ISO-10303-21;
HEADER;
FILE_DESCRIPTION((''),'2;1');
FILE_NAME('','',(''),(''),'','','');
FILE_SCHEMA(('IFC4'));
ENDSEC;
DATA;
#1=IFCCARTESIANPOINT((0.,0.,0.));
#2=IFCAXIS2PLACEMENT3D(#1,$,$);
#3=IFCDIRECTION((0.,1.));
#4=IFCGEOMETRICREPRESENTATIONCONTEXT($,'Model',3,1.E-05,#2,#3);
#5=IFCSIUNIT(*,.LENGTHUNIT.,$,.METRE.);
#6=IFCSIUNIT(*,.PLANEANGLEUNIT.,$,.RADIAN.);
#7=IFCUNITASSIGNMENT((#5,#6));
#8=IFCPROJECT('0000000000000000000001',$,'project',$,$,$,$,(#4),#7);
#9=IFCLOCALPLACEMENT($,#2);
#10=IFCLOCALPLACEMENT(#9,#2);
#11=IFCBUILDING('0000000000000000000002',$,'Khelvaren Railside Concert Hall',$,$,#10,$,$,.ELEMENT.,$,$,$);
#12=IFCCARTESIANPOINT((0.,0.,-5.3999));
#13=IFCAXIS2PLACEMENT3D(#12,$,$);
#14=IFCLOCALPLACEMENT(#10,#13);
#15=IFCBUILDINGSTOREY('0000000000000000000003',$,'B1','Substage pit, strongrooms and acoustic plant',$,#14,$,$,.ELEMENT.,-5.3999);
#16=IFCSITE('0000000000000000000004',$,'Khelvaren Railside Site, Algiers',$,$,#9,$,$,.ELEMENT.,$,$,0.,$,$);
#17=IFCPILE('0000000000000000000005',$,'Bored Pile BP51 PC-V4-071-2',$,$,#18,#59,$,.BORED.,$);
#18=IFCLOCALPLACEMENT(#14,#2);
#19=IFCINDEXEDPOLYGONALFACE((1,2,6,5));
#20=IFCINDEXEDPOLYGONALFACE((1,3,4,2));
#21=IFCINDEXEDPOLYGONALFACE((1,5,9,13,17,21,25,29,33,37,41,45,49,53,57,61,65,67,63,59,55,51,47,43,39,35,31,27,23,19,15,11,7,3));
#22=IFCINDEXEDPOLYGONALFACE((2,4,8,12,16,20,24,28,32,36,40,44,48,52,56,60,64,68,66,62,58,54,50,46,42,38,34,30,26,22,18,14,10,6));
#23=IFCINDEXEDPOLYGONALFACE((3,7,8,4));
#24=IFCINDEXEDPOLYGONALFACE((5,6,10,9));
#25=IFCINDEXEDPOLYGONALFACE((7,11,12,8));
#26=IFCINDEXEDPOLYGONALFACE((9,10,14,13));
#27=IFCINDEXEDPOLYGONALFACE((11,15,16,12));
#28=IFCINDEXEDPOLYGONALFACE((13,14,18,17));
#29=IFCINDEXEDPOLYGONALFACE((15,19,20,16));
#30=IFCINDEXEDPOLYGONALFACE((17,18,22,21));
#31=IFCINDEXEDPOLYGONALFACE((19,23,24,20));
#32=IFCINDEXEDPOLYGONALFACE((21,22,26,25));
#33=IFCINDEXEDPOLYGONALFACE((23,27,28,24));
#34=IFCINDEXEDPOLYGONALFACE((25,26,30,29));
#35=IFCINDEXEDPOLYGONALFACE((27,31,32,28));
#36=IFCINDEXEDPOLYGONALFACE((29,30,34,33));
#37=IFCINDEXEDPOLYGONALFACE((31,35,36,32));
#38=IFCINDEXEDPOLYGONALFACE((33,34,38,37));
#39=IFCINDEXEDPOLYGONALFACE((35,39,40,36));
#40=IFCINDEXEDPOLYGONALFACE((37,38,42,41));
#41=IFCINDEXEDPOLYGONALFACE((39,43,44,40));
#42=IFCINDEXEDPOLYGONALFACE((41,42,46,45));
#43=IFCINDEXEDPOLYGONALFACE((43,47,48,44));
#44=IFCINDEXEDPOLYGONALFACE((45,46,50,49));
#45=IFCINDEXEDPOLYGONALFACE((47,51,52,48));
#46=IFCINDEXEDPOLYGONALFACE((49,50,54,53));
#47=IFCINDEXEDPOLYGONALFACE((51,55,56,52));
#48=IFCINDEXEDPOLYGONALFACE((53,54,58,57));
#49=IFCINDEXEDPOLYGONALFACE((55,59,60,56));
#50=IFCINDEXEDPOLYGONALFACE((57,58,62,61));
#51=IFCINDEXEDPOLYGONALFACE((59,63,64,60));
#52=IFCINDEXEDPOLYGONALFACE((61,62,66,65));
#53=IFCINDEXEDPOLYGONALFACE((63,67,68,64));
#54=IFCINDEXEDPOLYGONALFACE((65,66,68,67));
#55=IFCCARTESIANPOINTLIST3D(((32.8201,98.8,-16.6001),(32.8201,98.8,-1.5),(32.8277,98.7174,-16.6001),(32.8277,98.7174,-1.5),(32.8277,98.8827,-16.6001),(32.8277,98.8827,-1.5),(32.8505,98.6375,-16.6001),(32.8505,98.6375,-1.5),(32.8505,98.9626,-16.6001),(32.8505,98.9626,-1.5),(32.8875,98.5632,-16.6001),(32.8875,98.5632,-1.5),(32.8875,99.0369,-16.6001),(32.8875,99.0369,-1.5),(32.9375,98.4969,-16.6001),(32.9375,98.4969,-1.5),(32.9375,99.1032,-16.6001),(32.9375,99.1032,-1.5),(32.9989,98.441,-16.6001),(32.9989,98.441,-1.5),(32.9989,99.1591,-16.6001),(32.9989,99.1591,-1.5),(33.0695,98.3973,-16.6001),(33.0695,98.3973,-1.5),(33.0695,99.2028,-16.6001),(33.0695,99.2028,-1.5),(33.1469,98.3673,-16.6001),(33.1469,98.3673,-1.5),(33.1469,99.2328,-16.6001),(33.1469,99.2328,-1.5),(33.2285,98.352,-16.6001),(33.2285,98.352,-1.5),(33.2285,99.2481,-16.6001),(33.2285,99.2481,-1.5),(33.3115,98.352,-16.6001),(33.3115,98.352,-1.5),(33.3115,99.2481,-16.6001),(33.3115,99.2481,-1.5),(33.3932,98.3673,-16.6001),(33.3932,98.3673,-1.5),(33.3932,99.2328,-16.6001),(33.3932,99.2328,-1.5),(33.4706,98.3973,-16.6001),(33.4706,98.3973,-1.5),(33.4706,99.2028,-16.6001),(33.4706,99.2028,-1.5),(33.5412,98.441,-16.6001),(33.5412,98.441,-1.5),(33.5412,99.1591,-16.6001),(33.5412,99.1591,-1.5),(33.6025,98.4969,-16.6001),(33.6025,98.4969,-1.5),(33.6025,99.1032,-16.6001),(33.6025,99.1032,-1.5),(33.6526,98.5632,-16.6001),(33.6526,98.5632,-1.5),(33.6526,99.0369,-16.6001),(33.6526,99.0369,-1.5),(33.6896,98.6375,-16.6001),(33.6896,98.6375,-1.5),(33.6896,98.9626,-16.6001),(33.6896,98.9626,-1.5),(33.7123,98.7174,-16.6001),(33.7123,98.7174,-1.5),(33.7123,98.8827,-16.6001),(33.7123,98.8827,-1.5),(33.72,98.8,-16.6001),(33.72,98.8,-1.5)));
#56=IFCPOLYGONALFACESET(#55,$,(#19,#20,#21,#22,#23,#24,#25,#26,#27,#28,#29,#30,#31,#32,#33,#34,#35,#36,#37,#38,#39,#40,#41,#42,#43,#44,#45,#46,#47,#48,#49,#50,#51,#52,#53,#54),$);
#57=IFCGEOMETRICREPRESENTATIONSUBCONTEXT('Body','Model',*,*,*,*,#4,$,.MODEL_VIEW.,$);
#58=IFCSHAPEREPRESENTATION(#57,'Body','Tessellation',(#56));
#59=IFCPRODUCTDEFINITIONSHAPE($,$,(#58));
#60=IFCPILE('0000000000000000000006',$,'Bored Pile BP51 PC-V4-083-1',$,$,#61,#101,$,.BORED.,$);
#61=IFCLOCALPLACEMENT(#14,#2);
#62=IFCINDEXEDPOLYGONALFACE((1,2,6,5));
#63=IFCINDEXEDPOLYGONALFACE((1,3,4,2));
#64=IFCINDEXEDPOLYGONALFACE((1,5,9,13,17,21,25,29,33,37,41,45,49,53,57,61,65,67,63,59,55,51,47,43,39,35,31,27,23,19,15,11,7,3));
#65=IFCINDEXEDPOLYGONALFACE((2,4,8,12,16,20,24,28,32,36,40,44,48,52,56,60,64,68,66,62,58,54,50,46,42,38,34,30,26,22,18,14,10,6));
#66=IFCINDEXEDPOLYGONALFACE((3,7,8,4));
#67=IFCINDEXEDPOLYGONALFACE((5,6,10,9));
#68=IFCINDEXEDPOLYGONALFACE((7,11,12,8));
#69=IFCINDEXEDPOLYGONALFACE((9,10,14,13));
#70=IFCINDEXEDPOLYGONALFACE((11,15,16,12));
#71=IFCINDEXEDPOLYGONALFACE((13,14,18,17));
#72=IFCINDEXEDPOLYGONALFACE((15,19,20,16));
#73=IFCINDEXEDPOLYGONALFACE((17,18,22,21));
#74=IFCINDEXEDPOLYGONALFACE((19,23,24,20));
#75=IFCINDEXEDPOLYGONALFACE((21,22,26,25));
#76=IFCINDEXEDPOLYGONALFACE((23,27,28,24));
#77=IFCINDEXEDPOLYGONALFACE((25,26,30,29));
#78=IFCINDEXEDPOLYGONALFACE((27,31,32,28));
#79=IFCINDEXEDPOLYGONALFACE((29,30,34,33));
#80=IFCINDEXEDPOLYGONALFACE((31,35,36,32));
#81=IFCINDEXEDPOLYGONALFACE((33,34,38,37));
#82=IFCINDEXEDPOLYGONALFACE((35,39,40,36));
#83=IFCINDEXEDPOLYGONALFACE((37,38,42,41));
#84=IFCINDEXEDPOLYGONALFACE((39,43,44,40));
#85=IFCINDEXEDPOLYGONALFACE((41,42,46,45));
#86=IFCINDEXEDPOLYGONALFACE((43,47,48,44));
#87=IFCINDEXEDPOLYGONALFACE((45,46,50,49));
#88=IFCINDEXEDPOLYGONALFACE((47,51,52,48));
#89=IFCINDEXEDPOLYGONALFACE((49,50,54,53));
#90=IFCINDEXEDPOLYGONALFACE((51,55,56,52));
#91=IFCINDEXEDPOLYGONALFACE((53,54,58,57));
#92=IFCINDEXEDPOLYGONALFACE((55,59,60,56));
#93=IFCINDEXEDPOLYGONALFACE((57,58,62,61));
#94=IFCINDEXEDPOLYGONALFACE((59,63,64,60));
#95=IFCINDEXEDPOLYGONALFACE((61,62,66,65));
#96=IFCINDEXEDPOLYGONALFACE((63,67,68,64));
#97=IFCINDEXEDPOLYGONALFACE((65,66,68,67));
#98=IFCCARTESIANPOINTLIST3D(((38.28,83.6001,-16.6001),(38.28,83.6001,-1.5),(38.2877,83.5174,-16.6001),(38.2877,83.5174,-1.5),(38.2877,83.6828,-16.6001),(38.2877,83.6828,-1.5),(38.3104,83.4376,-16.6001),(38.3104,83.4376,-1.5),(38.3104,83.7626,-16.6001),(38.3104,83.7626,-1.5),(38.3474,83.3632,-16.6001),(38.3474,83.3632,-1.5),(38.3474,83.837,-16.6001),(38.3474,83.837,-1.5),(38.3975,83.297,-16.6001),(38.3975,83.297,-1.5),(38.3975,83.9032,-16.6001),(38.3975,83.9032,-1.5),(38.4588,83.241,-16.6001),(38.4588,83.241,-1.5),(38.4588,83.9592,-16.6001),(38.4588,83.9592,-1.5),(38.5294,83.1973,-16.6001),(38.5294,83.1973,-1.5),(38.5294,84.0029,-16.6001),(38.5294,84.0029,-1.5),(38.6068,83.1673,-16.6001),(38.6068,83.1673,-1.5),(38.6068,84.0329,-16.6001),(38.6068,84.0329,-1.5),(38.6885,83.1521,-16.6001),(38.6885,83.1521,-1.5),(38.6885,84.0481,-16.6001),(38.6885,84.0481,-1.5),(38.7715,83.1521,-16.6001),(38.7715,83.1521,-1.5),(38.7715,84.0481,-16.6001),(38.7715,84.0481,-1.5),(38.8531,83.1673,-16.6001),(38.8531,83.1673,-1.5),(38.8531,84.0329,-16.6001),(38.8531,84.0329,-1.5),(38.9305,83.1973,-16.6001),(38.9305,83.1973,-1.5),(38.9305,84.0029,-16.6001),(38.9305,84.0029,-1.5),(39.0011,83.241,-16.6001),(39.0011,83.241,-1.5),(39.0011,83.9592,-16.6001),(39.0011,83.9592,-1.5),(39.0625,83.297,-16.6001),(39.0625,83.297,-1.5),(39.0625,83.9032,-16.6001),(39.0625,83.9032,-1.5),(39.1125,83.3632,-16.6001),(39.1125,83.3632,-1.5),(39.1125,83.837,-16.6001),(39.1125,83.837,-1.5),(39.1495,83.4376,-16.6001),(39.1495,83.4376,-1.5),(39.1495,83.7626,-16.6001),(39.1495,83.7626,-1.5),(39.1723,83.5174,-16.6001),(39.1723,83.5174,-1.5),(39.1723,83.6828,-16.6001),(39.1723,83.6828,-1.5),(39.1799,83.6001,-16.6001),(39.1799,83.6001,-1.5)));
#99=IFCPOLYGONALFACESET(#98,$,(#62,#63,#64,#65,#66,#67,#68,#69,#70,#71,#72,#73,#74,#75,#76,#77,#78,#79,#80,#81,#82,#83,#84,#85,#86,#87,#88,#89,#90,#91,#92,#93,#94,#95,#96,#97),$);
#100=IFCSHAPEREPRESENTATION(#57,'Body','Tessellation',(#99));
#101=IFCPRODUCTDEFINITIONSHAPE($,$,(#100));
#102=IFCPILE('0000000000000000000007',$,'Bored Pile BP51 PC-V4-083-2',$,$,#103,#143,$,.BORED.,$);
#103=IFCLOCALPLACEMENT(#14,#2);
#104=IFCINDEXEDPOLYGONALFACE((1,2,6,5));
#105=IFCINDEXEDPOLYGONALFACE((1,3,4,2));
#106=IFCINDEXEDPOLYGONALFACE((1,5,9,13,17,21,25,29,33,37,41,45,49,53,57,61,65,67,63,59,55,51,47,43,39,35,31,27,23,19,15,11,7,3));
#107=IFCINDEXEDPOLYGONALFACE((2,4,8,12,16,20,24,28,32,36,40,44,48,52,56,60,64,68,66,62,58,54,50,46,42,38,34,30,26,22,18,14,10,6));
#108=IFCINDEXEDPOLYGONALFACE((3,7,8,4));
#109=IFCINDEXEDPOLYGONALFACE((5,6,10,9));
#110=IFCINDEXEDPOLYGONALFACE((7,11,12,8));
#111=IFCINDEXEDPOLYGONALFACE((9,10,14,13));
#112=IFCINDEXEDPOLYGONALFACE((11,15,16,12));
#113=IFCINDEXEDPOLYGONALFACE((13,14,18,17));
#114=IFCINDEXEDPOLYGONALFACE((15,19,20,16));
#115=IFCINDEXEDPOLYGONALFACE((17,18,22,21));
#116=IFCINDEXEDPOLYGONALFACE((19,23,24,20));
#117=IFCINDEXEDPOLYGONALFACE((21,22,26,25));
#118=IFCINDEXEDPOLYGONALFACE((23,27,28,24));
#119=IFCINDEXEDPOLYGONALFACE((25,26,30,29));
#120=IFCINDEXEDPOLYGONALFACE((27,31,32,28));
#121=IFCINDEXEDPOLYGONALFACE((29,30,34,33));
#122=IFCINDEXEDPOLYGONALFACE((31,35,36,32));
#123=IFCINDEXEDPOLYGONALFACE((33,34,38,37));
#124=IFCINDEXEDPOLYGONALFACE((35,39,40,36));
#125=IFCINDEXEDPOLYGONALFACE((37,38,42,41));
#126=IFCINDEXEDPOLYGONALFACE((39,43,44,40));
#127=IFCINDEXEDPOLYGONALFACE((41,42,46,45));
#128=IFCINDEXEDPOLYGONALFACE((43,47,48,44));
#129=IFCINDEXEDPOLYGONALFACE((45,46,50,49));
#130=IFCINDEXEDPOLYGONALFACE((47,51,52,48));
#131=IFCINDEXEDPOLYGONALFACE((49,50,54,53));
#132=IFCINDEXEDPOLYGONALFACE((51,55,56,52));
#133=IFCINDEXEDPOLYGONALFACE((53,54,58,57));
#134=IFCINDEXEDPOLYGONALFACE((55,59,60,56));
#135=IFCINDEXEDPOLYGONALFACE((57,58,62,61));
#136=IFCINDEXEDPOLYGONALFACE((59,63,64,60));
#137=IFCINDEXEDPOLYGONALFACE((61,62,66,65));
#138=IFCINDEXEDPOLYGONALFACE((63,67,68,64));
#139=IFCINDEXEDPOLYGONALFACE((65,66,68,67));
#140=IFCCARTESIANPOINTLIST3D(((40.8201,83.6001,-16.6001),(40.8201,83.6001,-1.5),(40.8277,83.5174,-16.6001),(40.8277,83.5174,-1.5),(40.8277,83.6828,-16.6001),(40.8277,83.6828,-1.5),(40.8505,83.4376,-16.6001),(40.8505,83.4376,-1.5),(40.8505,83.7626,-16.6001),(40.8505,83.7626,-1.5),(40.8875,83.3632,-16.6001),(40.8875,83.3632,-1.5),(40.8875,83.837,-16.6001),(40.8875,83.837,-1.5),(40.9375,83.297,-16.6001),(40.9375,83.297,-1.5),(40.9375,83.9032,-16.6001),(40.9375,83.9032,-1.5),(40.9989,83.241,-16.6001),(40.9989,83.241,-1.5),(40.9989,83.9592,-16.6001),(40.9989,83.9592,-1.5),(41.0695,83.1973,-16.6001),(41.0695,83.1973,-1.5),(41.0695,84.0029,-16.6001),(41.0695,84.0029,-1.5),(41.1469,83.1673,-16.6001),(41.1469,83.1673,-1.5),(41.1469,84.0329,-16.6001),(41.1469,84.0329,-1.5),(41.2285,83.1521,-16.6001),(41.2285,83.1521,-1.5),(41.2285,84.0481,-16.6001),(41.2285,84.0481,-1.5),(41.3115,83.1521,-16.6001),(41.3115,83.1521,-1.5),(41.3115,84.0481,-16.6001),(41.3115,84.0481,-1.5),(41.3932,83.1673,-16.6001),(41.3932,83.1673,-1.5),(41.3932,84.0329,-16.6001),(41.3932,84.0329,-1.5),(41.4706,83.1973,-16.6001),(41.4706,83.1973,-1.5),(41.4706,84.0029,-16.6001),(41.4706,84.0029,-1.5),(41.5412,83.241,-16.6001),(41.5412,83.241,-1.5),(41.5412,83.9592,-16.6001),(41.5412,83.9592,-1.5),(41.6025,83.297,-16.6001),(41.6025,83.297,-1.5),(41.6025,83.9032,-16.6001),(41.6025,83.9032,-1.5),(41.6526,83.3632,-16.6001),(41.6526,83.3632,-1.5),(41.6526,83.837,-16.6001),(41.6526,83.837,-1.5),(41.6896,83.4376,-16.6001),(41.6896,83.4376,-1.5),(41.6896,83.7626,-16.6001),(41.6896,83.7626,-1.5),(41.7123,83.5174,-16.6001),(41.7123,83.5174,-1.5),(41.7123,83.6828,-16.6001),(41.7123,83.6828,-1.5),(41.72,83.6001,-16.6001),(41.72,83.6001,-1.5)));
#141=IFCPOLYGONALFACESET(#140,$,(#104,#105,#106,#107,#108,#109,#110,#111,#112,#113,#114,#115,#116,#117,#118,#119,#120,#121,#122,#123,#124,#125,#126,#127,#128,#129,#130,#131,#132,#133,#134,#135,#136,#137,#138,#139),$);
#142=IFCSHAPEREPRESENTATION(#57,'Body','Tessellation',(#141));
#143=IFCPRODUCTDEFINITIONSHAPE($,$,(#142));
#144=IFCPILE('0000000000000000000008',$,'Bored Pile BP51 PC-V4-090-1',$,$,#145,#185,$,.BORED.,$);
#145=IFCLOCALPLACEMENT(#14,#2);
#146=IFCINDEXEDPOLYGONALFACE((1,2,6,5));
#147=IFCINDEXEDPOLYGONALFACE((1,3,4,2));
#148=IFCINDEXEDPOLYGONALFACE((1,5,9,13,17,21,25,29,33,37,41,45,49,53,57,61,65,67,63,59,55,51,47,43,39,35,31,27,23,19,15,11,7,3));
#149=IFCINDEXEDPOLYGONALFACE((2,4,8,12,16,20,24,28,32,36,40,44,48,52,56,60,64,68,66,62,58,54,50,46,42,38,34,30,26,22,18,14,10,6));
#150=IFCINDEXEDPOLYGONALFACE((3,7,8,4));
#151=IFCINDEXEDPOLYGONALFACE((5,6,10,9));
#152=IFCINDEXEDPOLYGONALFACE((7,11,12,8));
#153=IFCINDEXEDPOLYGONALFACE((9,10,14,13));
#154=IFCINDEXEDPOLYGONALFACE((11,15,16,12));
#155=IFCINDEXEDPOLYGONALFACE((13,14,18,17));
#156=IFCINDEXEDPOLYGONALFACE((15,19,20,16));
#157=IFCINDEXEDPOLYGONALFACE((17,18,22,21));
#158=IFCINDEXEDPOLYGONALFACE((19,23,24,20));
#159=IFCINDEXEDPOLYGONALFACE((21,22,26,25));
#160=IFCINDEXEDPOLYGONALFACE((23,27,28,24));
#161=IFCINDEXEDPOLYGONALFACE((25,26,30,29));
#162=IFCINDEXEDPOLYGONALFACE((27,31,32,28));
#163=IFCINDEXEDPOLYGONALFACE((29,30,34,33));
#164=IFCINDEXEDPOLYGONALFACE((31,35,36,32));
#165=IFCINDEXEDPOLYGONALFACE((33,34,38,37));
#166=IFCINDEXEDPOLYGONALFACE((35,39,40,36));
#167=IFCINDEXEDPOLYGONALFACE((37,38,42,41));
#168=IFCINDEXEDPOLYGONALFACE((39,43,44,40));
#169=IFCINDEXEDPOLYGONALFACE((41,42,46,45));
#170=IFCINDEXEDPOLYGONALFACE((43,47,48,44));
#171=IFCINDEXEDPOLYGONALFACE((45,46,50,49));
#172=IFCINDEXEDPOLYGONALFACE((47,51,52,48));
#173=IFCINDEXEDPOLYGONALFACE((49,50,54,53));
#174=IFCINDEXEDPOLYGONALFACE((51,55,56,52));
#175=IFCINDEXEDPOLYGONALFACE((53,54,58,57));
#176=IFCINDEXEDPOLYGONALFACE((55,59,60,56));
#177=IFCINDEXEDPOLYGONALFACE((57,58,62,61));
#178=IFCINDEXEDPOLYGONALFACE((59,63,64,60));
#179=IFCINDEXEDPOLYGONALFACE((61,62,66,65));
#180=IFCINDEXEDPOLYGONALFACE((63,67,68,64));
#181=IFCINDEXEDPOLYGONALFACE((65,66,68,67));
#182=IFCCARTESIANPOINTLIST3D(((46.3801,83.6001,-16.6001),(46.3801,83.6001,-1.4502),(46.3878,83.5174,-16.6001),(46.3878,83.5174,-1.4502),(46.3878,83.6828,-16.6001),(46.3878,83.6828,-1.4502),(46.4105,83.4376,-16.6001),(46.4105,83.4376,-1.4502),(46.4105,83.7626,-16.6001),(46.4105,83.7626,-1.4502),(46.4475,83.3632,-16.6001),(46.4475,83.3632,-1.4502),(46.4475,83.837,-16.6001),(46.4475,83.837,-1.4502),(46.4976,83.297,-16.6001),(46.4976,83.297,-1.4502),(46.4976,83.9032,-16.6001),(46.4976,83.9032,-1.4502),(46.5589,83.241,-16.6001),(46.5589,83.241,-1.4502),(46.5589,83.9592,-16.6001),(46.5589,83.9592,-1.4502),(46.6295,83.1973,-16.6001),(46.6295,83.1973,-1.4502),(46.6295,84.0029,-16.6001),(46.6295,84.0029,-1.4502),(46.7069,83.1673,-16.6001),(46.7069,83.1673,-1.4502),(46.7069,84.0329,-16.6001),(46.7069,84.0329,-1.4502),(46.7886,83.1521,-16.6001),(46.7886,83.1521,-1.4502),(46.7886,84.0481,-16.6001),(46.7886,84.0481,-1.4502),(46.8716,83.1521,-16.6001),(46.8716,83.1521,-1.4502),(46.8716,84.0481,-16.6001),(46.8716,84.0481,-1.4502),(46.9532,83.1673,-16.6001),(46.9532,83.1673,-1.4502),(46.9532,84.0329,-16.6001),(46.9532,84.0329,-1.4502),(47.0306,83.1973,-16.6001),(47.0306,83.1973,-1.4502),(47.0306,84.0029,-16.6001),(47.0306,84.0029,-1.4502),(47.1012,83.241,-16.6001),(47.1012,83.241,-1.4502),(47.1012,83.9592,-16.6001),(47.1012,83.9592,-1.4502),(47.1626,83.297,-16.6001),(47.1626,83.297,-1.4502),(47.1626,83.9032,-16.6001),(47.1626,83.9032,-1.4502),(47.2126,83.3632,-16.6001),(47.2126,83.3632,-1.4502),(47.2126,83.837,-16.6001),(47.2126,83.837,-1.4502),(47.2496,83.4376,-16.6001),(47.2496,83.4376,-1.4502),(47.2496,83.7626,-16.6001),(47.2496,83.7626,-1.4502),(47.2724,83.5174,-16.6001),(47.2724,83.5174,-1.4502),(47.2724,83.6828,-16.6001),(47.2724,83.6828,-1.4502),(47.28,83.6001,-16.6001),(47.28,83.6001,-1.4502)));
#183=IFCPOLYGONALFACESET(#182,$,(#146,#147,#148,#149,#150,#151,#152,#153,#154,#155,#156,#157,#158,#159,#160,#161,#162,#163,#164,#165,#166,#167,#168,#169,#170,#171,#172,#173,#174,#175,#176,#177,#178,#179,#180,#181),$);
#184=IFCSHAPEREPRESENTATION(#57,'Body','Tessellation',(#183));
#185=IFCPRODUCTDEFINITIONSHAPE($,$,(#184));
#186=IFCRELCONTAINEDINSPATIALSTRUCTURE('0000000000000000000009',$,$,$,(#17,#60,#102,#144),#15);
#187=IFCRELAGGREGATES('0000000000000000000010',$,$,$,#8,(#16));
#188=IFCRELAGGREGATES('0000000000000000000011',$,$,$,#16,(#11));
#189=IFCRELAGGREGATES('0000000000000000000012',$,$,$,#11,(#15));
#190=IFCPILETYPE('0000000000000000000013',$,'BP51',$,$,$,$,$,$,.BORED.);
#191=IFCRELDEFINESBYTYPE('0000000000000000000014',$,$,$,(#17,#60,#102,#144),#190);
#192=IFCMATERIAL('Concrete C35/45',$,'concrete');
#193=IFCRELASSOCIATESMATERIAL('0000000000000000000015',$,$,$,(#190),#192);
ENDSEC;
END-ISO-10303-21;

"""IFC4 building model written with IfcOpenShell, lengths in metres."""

from ifc_helpers import new_model, si_unit, direction, frame, origin, origin_2d, place, context, subcontext, project, spatial, circle, extrude, material, material_profile, profile_set, type_object, element, save


model = new_model("IFC4")

# Units and contexts
model_context = context("Model", 3, precision=1e-05, world=origin(), true_north=direction((0.0, 1.0)))
body_context = subcontext(model_context, "Body", "Model", "MODEL_VIEW")
ifc_project = project(units=[si_unit("LENGTHUNIT", "METRE"), si_unit("PLANEANGLEUNIT", "RADIAN")], contexts=[model_context])

# Site, building, storey
site_placement = place(None, origin())
site = spatial("IfcSite", under=ifc_project, at=site_placement, Name="Khelvaren Railside Site, Algiers", CompositionType="ELEMENT", RefElevation=0.0)
building_placement = place(site_placement, origin())
building = spatial("IfcBuilding", under=site, at=building_placement, Name="Khelvaren Railside Concert Hall", CompositionType="ELEMENT")
storey_placement = place(building_placement, frame((0.0, 0.0, -5.3999)))
storey = spatial("IfcBuildingStorey", under=building, at=storey_placement, Name="B1", Description="Substage pit, strongrooms and acoustic plant", CompositionType="ELEMENT", Elevation=-5.3999)

# Piles
ifc_material_1 = material(Name="Concrete C35/45", Category="concrete")
ifc_material_profile_1 = material_profile(ifc_material_1, circle(Radius=0.45, at=origin_2d()), Name="BP D900")
ifc_profile_set_1 = profile_set([ifc_material_profile_1], Name="Concrete C35/45")
pile_type_1 = type_object("IfcPileType", Name="BP51", PredefinedType="BORED", material=ifc_profile_set_1)
for number, where, z_axis, x_axis, name in (
    (1, (33.27, 98.8, -1.5), (0.0, 0.0, -1.0), (1.0, 0.0, 0.0), "Bored Pile BP51 PC-V4-071-2"),
    (2, (38.73, 83.6001, -1.5), (0.0, 0.0, -1.0), (1.0, 0.0, 0.0), "Bored Pile BP51 PC-V4-083-1"),
    (3, (41.27, 83.6001, -1.5), (0.0, 0.0, -1.0), (1.0, 0.0, 0.0), "Bored Pile BP51 PC-V4-083-2"),
):
    element("IfcPile", number, at=place(storey_placement, frame(where, z_axis=z_axis, x_axis=x_axis)), inside=storey, type_object=pile_type_1, Name=name, PredefinedType="BORED", context=body_context, shape_type="SweptSolid", body=[
        extrude(circle(Radius=0.45, at=origin_2d()), origin(), (0.0, 0.0, 1.0), 15.1001),
    ])
pile_1_placement = place(storey_placement, frame((46.8301, 83.6001, -1.4502), z_axis=(0.0, 0.0, -1.0), x_axis=(1.0, 0.0, 0.0)))
element("IfcPile", 4, at=pile_1_placement, inside=storey, type_object=pile_type_1, Name="Bored Pile BP51 PC-V4-090-1", PredefinedType="BORED", context=body_context, shape_type="SweptSolid", body=[
    extrude(circle(Radius=0.45, at=origin_2d()), origin(), (0.0, 0.0, 1.0), 15.1499),
])

save(model, "model.ifc")
